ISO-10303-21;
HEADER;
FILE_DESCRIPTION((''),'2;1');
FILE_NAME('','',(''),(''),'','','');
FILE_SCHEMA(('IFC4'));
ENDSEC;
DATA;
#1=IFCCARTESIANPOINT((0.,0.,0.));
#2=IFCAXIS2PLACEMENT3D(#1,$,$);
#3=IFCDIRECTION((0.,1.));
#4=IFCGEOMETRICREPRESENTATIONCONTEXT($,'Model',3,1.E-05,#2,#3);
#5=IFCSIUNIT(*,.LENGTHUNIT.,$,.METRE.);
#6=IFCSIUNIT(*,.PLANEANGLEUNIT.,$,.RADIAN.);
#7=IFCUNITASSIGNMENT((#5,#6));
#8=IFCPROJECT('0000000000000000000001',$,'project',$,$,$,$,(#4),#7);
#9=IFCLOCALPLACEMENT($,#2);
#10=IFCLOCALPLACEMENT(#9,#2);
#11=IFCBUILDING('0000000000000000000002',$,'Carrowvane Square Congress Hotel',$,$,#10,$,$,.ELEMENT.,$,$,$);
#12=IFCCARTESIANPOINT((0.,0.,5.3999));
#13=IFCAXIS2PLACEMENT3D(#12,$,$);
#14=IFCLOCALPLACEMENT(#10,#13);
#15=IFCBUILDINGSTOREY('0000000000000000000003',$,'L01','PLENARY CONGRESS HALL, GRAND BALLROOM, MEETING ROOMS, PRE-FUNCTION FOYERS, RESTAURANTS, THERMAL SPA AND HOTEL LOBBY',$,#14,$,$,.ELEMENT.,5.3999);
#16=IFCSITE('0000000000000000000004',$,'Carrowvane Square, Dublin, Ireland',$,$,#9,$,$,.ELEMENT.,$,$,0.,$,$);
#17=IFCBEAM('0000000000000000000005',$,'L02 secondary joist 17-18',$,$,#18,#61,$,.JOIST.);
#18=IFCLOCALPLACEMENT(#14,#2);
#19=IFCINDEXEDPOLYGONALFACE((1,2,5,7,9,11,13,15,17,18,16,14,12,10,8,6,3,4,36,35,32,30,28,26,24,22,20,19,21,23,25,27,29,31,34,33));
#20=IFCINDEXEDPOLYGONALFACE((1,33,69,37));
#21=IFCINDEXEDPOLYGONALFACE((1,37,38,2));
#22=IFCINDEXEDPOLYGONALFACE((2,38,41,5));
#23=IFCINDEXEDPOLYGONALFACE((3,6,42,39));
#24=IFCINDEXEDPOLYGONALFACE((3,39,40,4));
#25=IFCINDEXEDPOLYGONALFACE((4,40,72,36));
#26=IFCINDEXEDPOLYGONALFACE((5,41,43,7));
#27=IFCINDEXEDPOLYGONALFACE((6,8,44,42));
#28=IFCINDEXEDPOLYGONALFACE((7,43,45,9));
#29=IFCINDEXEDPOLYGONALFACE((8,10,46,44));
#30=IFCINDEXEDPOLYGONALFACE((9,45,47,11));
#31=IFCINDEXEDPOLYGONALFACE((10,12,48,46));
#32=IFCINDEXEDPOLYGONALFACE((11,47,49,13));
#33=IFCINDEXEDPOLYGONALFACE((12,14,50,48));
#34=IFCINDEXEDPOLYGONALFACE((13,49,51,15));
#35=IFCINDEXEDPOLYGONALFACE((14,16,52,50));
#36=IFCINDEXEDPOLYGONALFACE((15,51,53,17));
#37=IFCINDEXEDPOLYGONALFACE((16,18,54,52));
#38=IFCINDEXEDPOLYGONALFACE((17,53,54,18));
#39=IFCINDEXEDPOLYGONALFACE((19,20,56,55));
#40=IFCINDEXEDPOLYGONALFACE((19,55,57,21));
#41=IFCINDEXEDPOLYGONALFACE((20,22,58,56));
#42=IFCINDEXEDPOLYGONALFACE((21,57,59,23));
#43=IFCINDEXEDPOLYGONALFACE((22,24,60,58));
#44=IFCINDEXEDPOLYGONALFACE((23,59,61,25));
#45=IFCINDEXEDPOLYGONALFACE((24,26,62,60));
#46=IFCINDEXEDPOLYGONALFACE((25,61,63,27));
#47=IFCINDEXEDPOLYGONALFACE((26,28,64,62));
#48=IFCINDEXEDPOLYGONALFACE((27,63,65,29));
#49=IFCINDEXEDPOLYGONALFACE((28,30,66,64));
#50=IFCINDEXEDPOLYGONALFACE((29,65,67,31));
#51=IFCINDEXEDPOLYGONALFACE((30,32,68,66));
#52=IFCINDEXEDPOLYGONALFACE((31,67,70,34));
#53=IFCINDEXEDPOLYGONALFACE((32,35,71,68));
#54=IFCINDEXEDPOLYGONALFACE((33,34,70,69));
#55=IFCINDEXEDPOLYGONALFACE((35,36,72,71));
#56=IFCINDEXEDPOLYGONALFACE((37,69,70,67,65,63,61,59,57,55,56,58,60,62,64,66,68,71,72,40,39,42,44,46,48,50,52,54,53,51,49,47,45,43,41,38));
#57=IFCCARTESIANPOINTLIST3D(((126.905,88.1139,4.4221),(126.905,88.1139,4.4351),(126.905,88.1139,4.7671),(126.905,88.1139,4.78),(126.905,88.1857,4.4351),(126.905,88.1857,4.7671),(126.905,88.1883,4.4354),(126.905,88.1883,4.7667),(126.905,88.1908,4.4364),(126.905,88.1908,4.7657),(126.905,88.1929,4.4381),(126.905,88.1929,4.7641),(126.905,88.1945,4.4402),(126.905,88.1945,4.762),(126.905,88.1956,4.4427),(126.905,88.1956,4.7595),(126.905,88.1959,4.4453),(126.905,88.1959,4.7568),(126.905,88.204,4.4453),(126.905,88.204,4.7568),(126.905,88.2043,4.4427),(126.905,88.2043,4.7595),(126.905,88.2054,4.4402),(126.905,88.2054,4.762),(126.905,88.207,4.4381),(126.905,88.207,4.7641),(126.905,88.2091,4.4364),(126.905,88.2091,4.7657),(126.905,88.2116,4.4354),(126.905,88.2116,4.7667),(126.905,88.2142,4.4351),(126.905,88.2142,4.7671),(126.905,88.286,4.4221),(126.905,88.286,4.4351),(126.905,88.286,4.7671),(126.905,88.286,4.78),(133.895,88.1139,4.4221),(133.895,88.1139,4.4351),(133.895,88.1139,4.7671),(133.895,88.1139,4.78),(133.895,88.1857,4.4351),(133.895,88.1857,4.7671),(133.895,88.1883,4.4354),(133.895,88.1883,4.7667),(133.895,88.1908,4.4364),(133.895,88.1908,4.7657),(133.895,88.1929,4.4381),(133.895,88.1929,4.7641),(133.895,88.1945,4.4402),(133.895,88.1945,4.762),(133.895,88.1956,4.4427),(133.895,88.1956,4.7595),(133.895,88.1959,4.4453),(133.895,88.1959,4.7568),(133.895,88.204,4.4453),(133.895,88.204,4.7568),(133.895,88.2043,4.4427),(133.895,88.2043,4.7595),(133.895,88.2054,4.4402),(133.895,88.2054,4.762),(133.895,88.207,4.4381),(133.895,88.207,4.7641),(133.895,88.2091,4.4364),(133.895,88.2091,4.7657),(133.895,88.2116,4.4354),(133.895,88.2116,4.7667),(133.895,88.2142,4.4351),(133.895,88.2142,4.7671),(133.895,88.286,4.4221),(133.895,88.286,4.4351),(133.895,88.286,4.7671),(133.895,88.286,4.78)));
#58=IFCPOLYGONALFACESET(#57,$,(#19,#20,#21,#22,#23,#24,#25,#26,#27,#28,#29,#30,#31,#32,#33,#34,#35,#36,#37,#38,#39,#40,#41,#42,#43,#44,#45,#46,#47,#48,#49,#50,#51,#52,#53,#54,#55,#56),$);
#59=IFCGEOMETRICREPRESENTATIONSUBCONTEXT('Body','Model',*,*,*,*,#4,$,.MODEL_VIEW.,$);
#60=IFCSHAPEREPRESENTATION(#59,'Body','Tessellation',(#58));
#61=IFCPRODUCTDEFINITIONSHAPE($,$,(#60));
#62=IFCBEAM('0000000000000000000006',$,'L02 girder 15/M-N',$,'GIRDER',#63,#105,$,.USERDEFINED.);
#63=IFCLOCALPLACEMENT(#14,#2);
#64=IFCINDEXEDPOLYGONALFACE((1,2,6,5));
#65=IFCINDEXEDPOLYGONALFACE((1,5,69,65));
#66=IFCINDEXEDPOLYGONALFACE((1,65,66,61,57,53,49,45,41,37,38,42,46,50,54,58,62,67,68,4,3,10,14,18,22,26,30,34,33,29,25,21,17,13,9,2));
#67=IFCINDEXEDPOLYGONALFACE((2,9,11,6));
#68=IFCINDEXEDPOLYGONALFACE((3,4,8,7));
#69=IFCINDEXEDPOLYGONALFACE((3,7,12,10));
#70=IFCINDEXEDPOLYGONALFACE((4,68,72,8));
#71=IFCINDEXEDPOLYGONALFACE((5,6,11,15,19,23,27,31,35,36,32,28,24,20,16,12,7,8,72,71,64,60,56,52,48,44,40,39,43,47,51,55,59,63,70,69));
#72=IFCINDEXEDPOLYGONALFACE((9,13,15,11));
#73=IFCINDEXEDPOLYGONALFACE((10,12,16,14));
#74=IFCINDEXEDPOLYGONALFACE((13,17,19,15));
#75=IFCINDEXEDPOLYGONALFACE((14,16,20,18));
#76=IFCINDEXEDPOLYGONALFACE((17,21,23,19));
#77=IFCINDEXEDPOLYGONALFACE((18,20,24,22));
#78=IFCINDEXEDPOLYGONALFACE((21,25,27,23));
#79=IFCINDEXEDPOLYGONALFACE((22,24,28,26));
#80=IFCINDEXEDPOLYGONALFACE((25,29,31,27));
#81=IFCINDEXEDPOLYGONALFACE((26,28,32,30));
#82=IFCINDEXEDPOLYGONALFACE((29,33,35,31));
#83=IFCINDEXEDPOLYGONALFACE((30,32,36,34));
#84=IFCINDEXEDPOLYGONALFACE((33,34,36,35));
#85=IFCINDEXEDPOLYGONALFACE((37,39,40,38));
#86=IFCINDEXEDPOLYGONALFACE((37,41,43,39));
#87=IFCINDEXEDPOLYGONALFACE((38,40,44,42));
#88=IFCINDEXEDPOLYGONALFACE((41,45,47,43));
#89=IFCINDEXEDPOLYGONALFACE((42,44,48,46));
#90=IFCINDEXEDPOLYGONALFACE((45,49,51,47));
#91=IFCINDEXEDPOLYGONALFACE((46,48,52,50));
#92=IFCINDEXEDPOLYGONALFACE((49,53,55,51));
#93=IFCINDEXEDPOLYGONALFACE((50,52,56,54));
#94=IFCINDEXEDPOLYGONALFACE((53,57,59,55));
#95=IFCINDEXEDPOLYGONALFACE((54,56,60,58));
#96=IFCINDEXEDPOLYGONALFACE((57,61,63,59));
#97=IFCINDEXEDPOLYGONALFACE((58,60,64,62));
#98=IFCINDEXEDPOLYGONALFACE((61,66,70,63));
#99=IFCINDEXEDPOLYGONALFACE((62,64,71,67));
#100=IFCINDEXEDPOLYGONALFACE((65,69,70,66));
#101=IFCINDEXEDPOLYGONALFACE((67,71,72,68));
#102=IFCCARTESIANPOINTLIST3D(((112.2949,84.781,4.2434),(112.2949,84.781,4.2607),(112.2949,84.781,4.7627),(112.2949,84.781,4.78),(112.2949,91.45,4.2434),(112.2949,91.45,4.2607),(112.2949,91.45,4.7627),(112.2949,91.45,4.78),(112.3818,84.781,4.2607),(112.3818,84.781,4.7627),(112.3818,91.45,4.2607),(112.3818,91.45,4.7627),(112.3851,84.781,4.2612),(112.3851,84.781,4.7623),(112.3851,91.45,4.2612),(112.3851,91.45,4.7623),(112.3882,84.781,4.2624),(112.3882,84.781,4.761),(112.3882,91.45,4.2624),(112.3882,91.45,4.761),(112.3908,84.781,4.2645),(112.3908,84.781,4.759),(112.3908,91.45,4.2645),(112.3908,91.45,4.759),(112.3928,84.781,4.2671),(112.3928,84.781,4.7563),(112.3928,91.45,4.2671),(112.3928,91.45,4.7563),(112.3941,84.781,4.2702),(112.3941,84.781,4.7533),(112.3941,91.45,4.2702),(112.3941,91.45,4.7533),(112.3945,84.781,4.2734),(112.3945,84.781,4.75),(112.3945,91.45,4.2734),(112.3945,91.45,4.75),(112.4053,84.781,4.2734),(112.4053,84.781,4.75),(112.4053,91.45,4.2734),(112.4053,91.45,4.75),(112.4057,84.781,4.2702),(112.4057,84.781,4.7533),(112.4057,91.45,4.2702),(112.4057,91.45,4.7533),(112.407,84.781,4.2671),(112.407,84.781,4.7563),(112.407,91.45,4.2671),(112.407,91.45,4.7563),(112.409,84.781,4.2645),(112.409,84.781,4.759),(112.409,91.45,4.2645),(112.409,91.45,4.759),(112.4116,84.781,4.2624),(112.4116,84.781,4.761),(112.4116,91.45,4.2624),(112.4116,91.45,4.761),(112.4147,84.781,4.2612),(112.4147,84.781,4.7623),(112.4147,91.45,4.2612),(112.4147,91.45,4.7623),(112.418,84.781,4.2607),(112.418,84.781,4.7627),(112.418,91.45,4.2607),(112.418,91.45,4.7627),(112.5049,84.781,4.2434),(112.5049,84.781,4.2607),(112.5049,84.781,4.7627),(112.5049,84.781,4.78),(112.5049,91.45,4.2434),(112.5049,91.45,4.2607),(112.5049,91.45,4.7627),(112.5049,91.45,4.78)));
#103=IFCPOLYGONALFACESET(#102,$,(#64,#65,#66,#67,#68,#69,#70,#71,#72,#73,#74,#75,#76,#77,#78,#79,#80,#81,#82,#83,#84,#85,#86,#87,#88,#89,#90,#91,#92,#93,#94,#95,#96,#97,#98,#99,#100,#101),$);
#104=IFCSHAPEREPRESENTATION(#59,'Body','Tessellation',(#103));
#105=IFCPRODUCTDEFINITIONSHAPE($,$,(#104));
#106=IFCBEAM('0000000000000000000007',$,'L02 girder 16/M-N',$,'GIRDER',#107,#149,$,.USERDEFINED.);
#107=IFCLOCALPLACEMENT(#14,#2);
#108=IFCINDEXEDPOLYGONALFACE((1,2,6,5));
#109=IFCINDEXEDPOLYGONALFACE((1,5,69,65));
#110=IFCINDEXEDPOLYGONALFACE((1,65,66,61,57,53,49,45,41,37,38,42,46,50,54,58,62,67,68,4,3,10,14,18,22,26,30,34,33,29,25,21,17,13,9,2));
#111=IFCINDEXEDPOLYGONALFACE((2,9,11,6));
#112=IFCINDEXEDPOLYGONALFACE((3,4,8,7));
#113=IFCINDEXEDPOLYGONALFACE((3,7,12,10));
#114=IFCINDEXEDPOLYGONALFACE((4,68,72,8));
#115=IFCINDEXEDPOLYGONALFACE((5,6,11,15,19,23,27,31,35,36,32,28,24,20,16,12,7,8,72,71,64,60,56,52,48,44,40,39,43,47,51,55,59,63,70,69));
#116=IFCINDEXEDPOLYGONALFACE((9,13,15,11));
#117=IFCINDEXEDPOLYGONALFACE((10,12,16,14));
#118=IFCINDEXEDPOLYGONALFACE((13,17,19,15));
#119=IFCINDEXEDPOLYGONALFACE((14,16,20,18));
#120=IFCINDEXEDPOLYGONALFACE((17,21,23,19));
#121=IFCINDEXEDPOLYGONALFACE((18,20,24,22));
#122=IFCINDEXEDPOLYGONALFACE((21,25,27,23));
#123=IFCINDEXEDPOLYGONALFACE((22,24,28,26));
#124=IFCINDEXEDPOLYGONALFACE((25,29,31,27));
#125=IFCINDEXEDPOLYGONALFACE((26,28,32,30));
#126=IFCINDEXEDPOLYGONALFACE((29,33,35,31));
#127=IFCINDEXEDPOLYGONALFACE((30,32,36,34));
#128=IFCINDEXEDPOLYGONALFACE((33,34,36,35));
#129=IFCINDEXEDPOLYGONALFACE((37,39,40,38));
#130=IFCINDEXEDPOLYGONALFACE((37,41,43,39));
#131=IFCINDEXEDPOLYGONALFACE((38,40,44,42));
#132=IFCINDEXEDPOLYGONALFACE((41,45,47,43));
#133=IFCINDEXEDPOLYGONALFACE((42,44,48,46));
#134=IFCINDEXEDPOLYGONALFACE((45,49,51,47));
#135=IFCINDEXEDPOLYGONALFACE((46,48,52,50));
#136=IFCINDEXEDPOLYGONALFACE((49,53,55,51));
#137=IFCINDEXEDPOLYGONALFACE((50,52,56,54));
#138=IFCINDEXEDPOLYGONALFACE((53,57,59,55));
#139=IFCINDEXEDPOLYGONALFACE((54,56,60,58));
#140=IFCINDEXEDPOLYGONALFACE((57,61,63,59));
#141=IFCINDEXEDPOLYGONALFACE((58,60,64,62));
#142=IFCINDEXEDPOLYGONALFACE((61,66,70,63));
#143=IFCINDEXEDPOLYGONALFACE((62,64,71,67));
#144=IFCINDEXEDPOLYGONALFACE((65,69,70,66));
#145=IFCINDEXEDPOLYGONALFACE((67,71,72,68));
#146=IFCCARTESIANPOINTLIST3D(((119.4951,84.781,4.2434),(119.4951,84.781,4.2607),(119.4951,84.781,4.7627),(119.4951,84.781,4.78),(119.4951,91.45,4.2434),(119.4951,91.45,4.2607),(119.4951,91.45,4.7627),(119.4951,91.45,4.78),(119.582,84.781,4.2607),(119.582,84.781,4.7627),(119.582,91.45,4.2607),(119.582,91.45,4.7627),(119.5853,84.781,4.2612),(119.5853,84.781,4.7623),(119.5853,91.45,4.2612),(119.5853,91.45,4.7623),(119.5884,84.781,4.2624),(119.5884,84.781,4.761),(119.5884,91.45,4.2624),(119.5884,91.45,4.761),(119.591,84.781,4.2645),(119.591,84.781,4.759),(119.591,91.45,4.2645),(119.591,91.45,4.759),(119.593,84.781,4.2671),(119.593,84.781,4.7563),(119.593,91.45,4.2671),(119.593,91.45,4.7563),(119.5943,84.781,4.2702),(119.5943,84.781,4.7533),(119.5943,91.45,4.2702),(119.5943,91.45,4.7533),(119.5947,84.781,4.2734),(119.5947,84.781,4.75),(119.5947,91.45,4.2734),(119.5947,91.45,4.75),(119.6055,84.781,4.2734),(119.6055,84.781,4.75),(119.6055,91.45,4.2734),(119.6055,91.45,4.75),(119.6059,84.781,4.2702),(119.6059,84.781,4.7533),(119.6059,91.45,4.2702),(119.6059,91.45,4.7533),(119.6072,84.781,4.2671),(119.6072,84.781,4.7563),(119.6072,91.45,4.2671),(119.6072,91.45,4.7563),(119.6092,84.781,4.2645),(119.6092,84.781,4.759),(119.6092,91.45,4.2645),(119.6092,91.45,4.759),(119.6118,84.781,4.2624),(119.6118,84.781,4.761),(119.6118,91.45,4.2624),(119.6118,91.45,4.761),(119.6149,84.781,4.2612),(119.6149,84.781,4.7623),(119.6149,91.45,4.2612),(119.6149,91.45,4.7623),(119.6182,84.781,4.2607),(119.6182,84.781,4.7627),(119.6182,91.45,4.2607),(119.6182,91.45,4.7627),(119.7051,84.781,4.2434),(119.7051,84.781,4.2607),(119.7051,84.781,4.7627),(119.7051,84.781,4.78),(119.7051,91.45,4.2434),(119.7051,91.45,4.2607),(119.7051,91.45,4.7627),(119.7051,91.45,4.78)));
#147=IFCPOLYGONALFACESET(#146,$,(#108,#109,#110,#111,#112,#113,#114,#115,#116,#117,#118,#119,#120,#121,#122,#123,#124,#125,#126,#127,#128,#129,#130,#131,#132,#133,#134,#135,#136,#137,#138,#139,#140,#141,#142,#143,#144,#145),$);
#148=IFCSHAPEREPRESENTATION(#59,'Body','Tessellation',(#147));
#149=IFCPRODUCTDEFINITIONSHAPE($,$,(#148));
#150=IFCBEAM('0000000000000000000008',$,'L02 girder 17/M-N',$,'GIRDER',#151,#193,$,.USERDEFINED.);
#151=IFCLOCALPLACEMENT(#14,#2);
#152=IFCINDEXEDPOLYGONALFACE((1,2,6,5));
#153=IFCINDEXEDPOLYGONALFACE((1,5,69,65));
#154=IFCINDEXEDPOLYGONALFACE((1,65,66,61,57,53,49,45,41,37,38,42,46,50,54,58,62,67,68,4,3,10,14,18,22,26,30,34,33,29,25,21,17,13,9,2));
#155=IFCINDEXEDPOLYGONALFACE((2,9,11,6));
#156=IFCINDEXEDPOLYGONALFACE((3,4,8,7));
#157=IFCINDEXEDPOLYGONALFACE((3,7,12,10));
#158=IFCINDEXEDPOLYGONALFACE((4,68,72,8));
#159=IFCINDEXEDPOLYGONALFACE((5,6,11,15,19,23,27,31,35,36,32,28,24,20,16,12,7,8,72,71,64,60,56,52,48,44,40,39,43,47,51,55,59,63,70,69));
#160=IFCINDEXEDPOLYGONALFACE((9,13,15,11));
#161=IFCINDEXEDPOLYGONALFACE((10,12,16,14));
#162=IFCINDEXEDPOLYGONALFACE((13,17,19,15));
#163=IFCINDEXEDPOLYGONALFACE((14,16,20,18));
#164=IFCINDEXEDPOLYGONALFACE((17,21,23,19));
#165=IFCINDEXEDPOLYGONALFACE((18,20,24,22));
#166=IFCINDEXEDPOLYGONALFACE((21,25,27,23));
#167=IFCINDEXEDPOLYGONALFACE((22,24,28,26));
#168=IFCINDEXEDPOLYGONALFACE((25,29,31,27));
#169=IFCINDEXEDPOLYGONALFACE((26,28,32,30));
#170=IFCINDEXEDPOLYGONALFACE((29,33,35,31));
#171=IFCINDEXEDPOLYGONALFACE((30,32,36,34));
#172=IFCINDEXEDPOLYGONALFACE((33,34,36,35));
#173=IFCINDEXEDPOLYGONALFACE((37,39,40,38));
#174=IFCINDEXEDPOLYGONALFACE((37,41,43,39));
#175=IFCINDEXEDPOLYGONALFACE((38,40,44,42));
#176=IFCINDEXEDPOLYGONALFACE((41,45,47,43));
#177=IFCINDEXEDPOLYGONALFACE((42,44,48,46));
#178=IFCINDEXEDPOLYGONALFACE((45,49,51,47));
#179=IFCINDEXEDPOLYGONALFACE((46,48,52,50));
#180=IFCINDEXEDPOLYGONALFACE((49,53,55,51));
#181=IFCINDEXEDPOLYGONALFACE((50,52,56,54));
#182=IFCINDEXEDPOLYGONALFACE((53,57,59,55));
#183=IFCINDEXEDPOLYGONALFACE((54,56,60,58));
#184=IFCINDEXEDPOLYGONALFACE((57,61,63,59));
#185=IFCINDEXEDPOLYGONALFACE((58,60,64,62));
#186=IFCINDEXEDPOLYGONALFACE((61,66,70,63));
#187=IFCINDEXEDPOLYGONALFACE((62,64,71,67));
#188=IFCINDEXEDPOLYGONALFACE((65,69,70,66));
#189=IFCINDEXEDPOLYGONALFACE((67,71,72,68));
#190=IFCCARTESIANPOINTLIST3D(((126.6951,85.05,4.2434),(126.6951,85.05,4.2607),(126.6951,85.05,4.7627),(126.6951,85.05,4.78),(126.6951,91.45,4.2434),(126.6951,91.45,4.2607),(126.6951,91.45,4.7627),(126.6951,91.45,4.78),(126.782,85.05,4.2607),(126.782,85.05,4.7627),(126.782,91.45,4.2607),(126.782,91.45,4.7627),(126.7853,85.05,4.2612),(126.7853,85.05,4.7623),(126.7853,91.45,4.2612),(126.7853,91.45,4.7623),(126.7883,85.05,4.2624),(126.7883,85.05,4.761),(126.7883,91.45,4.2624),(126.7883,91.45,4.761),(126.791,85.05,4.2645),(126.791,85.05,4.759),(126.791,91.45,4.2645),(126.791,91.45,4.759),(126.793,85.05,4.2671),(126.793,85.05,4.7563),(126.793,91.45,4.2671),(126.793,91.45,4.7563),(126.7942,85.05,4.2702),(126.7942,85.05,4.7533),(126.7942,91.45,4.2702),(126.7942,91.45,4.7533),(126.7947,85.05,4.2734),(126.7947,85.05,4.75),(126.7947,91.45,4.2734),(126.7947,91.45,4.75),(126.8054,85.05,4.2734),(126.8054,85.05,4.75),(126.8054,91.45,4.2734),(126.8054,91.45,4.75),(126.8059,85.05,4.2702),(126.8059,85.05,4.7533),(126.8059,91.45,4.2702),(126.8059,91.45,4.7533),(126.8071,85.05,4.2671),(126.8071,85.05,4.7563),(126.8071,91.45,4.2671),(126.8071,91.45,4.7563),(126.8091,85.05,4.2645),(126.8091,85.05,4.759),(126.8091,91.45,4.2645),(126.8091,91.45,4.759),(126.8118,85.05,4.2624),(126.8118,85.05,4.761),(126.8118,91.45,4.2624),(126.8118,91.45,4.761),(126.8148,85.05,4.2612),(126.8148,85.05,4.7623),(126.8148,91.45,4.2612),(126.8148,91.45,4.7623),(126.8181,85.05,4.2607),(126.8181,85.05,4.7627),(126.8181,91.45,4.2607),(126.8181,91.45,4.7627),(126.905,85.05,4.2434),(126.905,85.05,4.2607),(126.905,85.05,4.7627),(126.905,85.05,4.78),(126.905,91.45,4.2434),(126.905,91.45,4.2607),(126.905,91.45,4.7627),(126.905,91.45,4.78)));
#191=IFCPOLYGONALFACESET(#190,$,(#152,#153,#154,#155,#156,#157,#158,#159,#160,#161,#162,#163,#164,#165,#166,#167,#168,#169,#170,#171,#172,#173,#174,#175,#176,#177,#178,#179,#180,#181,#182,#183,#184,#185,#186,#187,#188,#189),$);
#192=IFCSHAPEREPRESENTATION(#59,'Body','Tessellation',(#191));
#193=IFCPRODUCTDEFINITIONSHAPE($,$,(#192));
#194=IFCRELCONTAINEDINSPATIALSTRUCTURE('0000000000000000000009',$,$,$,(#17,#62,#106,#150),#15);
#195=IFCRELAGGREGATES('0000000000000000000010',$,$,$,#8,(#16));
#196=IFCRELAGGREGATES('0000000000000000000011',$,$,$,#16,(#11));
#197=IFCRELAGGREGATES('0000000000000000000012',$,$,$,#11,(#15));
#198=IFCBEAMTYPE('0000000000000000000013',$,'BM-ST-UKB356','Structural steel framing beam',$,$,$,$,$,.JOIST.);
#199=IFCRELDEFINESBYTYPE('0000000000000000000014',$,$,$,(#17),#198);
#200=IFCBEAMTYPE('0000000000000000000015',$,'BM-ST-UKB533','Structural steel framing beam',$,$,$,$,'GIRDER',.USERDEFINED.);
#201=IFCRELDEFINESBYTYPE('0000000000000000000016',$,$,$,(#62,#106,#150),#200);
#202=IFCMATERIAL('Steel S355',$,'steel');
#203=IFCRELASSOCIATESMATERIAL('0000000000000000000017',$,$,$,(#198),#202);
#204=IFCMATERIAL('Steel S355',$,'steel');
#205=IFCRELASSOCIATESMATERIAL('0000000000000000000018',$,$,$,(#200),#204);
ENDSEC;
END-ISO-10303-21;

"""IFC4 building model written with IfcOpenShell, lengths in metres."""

from ifc_helpers import new_model, si_unit, direction, frame, origin, origin_2d, place, context, subcontext, project, spatial, i_section, extrude, material, material_profile, profile_set, type_object, element, save


model = new_model("IFC4")

# Units and contexts
model_context = context("Model", 3, precision=1e-05, world=origin(), true_north=direction((0.0, 1.0)))
body_context = subcontext(model_context, "Body", "Model", "MODEL_VIEW")
ifc_project = project(units=[si_unit("LENGTHUNIT", "METRE"), si_unit("PLANEANGLEUNIT", "RADIAN")], contexts=[model_context])

# Site, building, storey
site_placement = place(None, origin())
site = spatial("IfcSite", under=ifc_project, at=site_placement, Name="Carrowvane Square, Dublin, Ireland", CompositionType="ELEMENT", RefElevation=0.0)
building_placement = place(site_placement, origin())
building = spatial("IfcBuilding", under=site, at=building_placement, Name="Carrowvane Square Congress Hotel", CompositionType="ELEMENT")
storey_placement = place(building_placement, frame((0.0, 0.0, 5.3999)))
storey = spatial("IfcBuildingStorey", under=building, at=storey_placement, Name="L01", Description="PLENARY CONGRESS HALL, GRAND BALLROOM, MEETING ROOMS, PRE-FUNCTION FOYERS, RESTAURANTS, THERMAL SPA AND HOTEL LOBBY", CompositionType="ELEMENT", Elevation=5.3999)

# Beams
ifc_material_1 = material(Name="Steel S355", Category="steel")
ifc_material_profile_1 = material_profile(ifc_material_1, i_section(OverallWidth=0.1721, OverallDepth=0.3579, WebThickness=0.0081, FlangeThickness=0.0129, FilletRadius=0.0103, at=origin_2d()), Name="UKB 356x171x57")
ifc_profile_set_1 = profile_set([ifc_material_profile_1], Name="Steel S355")
beam_type_1 = type_object("IfcBeamType", Name="BM-ST-UKB356", Description="Structural steel framing beam", PredefinedType="JOIST", material=ifc_profile_set_1)
for number, where, z_axis, x_axis, name in (
    (1, (126.905, 88.2, 4.6011), (1.0, 0.0, 0.0), (0.0, 1.0, 0.0), "L02 secondary joist 17-18"),
):
    element("IfcBeam", number, at=place(storey_placement, frame(where, z_axis=z_axis, x_axis=x_axis)), inside=storey, type_object=beam_type_1, Name=name, PredefinedType="JOIST", context=body_context, shape_type="SweptSolid", body=[
        extrude(i_section(OverallWidth=0.1721, OverallDepth=0.3579, WebThickness=0.0081, FlangeThickness=0.0129, FilletRadius=0.0103, at=origin_2d()), origin(), (0.0, 0.0, 1.0), 6.99),
    ])
ifc_material_2 = material(Name="Steel S355", Category="steel")
ifc_material_profile_2 = material_profile(ifc_material_2, i_section(OverallWidth=0.21, OverallDepth=0.5366, WebThickness=0.0107, FlangeThickness=0.0173, FilletRadius=0.0127, at=origin_2d()), Name="UKB 533x210x101")
ifc_profile_set_2 = profile_set([ifc_material_profile_2], Name="Steel S355")
beam_type_2 = type_object("IfcBeamType", Name="BM-ST-UKB533", Description="Structural steel framing beam", ElementType="GIRDER", PredefinedType="USERDEFINED", material=ifc_profile_set_2)
for number, where, z_axis, x_axis, name in (
    (2, (112.3999, 84.781, 4.5117), (0.0, 1.0, 0.0), (-1.0, 0.0, 0.0), "L02 girder 15/M-N"),
    (3, (119.6001, 84.781, 4.5117), (0.0, 1.0, 0.0), (-1.0, 0.0, 0.0), "L02 girder 16/M-N"),
):
    element("IfcBeam", number, at=place(storey_placement, frame(where, z_axis=z_axis, x_axis=x_axis)), inside=storey, type_object=beam_type_2, Name=name, ObjectType="GIRDER", PredefinedType="USERDEFINED", context=body_context, shape_type="SweptSolid", body=[
        extrude(i_section(OverallWidth=0.21, OverallDepth=0.5366, WebThickness=0.0107, FlangeThickness=0.0173, FilletRadius=0.0127, at=origin_2d()), origin(), (0.0, 0.0, 1.0), 6.6689),
    ])
beam_1_placement = place(storey_placement, frame((126.8, 85.05, 4.5117), z_axis=(0.0, 1.0, 0.0), x_axis=(-1.0, 0.0, 0.0)))
element("IfcBeam", 4, at=beam_1_placement, inside=storey, type_object=beam_type_2, Name="L02 girder 17/M-N", ObjectType="GIRDER", PredefinedType="USERDEFINED", context=body_context, shape_type="SweptSolid", body=[
    extrude(i_section(OverallWidth=0.21, OverallDepth=0.5366, WebThickness=0.0107, FlangeThickness=0.0173, FilletRadius=0.0127, at=origin_2d()), origin(), (0.0, 0.0, 1.0), 6.3999),
])

save(model, "model.ifc")
